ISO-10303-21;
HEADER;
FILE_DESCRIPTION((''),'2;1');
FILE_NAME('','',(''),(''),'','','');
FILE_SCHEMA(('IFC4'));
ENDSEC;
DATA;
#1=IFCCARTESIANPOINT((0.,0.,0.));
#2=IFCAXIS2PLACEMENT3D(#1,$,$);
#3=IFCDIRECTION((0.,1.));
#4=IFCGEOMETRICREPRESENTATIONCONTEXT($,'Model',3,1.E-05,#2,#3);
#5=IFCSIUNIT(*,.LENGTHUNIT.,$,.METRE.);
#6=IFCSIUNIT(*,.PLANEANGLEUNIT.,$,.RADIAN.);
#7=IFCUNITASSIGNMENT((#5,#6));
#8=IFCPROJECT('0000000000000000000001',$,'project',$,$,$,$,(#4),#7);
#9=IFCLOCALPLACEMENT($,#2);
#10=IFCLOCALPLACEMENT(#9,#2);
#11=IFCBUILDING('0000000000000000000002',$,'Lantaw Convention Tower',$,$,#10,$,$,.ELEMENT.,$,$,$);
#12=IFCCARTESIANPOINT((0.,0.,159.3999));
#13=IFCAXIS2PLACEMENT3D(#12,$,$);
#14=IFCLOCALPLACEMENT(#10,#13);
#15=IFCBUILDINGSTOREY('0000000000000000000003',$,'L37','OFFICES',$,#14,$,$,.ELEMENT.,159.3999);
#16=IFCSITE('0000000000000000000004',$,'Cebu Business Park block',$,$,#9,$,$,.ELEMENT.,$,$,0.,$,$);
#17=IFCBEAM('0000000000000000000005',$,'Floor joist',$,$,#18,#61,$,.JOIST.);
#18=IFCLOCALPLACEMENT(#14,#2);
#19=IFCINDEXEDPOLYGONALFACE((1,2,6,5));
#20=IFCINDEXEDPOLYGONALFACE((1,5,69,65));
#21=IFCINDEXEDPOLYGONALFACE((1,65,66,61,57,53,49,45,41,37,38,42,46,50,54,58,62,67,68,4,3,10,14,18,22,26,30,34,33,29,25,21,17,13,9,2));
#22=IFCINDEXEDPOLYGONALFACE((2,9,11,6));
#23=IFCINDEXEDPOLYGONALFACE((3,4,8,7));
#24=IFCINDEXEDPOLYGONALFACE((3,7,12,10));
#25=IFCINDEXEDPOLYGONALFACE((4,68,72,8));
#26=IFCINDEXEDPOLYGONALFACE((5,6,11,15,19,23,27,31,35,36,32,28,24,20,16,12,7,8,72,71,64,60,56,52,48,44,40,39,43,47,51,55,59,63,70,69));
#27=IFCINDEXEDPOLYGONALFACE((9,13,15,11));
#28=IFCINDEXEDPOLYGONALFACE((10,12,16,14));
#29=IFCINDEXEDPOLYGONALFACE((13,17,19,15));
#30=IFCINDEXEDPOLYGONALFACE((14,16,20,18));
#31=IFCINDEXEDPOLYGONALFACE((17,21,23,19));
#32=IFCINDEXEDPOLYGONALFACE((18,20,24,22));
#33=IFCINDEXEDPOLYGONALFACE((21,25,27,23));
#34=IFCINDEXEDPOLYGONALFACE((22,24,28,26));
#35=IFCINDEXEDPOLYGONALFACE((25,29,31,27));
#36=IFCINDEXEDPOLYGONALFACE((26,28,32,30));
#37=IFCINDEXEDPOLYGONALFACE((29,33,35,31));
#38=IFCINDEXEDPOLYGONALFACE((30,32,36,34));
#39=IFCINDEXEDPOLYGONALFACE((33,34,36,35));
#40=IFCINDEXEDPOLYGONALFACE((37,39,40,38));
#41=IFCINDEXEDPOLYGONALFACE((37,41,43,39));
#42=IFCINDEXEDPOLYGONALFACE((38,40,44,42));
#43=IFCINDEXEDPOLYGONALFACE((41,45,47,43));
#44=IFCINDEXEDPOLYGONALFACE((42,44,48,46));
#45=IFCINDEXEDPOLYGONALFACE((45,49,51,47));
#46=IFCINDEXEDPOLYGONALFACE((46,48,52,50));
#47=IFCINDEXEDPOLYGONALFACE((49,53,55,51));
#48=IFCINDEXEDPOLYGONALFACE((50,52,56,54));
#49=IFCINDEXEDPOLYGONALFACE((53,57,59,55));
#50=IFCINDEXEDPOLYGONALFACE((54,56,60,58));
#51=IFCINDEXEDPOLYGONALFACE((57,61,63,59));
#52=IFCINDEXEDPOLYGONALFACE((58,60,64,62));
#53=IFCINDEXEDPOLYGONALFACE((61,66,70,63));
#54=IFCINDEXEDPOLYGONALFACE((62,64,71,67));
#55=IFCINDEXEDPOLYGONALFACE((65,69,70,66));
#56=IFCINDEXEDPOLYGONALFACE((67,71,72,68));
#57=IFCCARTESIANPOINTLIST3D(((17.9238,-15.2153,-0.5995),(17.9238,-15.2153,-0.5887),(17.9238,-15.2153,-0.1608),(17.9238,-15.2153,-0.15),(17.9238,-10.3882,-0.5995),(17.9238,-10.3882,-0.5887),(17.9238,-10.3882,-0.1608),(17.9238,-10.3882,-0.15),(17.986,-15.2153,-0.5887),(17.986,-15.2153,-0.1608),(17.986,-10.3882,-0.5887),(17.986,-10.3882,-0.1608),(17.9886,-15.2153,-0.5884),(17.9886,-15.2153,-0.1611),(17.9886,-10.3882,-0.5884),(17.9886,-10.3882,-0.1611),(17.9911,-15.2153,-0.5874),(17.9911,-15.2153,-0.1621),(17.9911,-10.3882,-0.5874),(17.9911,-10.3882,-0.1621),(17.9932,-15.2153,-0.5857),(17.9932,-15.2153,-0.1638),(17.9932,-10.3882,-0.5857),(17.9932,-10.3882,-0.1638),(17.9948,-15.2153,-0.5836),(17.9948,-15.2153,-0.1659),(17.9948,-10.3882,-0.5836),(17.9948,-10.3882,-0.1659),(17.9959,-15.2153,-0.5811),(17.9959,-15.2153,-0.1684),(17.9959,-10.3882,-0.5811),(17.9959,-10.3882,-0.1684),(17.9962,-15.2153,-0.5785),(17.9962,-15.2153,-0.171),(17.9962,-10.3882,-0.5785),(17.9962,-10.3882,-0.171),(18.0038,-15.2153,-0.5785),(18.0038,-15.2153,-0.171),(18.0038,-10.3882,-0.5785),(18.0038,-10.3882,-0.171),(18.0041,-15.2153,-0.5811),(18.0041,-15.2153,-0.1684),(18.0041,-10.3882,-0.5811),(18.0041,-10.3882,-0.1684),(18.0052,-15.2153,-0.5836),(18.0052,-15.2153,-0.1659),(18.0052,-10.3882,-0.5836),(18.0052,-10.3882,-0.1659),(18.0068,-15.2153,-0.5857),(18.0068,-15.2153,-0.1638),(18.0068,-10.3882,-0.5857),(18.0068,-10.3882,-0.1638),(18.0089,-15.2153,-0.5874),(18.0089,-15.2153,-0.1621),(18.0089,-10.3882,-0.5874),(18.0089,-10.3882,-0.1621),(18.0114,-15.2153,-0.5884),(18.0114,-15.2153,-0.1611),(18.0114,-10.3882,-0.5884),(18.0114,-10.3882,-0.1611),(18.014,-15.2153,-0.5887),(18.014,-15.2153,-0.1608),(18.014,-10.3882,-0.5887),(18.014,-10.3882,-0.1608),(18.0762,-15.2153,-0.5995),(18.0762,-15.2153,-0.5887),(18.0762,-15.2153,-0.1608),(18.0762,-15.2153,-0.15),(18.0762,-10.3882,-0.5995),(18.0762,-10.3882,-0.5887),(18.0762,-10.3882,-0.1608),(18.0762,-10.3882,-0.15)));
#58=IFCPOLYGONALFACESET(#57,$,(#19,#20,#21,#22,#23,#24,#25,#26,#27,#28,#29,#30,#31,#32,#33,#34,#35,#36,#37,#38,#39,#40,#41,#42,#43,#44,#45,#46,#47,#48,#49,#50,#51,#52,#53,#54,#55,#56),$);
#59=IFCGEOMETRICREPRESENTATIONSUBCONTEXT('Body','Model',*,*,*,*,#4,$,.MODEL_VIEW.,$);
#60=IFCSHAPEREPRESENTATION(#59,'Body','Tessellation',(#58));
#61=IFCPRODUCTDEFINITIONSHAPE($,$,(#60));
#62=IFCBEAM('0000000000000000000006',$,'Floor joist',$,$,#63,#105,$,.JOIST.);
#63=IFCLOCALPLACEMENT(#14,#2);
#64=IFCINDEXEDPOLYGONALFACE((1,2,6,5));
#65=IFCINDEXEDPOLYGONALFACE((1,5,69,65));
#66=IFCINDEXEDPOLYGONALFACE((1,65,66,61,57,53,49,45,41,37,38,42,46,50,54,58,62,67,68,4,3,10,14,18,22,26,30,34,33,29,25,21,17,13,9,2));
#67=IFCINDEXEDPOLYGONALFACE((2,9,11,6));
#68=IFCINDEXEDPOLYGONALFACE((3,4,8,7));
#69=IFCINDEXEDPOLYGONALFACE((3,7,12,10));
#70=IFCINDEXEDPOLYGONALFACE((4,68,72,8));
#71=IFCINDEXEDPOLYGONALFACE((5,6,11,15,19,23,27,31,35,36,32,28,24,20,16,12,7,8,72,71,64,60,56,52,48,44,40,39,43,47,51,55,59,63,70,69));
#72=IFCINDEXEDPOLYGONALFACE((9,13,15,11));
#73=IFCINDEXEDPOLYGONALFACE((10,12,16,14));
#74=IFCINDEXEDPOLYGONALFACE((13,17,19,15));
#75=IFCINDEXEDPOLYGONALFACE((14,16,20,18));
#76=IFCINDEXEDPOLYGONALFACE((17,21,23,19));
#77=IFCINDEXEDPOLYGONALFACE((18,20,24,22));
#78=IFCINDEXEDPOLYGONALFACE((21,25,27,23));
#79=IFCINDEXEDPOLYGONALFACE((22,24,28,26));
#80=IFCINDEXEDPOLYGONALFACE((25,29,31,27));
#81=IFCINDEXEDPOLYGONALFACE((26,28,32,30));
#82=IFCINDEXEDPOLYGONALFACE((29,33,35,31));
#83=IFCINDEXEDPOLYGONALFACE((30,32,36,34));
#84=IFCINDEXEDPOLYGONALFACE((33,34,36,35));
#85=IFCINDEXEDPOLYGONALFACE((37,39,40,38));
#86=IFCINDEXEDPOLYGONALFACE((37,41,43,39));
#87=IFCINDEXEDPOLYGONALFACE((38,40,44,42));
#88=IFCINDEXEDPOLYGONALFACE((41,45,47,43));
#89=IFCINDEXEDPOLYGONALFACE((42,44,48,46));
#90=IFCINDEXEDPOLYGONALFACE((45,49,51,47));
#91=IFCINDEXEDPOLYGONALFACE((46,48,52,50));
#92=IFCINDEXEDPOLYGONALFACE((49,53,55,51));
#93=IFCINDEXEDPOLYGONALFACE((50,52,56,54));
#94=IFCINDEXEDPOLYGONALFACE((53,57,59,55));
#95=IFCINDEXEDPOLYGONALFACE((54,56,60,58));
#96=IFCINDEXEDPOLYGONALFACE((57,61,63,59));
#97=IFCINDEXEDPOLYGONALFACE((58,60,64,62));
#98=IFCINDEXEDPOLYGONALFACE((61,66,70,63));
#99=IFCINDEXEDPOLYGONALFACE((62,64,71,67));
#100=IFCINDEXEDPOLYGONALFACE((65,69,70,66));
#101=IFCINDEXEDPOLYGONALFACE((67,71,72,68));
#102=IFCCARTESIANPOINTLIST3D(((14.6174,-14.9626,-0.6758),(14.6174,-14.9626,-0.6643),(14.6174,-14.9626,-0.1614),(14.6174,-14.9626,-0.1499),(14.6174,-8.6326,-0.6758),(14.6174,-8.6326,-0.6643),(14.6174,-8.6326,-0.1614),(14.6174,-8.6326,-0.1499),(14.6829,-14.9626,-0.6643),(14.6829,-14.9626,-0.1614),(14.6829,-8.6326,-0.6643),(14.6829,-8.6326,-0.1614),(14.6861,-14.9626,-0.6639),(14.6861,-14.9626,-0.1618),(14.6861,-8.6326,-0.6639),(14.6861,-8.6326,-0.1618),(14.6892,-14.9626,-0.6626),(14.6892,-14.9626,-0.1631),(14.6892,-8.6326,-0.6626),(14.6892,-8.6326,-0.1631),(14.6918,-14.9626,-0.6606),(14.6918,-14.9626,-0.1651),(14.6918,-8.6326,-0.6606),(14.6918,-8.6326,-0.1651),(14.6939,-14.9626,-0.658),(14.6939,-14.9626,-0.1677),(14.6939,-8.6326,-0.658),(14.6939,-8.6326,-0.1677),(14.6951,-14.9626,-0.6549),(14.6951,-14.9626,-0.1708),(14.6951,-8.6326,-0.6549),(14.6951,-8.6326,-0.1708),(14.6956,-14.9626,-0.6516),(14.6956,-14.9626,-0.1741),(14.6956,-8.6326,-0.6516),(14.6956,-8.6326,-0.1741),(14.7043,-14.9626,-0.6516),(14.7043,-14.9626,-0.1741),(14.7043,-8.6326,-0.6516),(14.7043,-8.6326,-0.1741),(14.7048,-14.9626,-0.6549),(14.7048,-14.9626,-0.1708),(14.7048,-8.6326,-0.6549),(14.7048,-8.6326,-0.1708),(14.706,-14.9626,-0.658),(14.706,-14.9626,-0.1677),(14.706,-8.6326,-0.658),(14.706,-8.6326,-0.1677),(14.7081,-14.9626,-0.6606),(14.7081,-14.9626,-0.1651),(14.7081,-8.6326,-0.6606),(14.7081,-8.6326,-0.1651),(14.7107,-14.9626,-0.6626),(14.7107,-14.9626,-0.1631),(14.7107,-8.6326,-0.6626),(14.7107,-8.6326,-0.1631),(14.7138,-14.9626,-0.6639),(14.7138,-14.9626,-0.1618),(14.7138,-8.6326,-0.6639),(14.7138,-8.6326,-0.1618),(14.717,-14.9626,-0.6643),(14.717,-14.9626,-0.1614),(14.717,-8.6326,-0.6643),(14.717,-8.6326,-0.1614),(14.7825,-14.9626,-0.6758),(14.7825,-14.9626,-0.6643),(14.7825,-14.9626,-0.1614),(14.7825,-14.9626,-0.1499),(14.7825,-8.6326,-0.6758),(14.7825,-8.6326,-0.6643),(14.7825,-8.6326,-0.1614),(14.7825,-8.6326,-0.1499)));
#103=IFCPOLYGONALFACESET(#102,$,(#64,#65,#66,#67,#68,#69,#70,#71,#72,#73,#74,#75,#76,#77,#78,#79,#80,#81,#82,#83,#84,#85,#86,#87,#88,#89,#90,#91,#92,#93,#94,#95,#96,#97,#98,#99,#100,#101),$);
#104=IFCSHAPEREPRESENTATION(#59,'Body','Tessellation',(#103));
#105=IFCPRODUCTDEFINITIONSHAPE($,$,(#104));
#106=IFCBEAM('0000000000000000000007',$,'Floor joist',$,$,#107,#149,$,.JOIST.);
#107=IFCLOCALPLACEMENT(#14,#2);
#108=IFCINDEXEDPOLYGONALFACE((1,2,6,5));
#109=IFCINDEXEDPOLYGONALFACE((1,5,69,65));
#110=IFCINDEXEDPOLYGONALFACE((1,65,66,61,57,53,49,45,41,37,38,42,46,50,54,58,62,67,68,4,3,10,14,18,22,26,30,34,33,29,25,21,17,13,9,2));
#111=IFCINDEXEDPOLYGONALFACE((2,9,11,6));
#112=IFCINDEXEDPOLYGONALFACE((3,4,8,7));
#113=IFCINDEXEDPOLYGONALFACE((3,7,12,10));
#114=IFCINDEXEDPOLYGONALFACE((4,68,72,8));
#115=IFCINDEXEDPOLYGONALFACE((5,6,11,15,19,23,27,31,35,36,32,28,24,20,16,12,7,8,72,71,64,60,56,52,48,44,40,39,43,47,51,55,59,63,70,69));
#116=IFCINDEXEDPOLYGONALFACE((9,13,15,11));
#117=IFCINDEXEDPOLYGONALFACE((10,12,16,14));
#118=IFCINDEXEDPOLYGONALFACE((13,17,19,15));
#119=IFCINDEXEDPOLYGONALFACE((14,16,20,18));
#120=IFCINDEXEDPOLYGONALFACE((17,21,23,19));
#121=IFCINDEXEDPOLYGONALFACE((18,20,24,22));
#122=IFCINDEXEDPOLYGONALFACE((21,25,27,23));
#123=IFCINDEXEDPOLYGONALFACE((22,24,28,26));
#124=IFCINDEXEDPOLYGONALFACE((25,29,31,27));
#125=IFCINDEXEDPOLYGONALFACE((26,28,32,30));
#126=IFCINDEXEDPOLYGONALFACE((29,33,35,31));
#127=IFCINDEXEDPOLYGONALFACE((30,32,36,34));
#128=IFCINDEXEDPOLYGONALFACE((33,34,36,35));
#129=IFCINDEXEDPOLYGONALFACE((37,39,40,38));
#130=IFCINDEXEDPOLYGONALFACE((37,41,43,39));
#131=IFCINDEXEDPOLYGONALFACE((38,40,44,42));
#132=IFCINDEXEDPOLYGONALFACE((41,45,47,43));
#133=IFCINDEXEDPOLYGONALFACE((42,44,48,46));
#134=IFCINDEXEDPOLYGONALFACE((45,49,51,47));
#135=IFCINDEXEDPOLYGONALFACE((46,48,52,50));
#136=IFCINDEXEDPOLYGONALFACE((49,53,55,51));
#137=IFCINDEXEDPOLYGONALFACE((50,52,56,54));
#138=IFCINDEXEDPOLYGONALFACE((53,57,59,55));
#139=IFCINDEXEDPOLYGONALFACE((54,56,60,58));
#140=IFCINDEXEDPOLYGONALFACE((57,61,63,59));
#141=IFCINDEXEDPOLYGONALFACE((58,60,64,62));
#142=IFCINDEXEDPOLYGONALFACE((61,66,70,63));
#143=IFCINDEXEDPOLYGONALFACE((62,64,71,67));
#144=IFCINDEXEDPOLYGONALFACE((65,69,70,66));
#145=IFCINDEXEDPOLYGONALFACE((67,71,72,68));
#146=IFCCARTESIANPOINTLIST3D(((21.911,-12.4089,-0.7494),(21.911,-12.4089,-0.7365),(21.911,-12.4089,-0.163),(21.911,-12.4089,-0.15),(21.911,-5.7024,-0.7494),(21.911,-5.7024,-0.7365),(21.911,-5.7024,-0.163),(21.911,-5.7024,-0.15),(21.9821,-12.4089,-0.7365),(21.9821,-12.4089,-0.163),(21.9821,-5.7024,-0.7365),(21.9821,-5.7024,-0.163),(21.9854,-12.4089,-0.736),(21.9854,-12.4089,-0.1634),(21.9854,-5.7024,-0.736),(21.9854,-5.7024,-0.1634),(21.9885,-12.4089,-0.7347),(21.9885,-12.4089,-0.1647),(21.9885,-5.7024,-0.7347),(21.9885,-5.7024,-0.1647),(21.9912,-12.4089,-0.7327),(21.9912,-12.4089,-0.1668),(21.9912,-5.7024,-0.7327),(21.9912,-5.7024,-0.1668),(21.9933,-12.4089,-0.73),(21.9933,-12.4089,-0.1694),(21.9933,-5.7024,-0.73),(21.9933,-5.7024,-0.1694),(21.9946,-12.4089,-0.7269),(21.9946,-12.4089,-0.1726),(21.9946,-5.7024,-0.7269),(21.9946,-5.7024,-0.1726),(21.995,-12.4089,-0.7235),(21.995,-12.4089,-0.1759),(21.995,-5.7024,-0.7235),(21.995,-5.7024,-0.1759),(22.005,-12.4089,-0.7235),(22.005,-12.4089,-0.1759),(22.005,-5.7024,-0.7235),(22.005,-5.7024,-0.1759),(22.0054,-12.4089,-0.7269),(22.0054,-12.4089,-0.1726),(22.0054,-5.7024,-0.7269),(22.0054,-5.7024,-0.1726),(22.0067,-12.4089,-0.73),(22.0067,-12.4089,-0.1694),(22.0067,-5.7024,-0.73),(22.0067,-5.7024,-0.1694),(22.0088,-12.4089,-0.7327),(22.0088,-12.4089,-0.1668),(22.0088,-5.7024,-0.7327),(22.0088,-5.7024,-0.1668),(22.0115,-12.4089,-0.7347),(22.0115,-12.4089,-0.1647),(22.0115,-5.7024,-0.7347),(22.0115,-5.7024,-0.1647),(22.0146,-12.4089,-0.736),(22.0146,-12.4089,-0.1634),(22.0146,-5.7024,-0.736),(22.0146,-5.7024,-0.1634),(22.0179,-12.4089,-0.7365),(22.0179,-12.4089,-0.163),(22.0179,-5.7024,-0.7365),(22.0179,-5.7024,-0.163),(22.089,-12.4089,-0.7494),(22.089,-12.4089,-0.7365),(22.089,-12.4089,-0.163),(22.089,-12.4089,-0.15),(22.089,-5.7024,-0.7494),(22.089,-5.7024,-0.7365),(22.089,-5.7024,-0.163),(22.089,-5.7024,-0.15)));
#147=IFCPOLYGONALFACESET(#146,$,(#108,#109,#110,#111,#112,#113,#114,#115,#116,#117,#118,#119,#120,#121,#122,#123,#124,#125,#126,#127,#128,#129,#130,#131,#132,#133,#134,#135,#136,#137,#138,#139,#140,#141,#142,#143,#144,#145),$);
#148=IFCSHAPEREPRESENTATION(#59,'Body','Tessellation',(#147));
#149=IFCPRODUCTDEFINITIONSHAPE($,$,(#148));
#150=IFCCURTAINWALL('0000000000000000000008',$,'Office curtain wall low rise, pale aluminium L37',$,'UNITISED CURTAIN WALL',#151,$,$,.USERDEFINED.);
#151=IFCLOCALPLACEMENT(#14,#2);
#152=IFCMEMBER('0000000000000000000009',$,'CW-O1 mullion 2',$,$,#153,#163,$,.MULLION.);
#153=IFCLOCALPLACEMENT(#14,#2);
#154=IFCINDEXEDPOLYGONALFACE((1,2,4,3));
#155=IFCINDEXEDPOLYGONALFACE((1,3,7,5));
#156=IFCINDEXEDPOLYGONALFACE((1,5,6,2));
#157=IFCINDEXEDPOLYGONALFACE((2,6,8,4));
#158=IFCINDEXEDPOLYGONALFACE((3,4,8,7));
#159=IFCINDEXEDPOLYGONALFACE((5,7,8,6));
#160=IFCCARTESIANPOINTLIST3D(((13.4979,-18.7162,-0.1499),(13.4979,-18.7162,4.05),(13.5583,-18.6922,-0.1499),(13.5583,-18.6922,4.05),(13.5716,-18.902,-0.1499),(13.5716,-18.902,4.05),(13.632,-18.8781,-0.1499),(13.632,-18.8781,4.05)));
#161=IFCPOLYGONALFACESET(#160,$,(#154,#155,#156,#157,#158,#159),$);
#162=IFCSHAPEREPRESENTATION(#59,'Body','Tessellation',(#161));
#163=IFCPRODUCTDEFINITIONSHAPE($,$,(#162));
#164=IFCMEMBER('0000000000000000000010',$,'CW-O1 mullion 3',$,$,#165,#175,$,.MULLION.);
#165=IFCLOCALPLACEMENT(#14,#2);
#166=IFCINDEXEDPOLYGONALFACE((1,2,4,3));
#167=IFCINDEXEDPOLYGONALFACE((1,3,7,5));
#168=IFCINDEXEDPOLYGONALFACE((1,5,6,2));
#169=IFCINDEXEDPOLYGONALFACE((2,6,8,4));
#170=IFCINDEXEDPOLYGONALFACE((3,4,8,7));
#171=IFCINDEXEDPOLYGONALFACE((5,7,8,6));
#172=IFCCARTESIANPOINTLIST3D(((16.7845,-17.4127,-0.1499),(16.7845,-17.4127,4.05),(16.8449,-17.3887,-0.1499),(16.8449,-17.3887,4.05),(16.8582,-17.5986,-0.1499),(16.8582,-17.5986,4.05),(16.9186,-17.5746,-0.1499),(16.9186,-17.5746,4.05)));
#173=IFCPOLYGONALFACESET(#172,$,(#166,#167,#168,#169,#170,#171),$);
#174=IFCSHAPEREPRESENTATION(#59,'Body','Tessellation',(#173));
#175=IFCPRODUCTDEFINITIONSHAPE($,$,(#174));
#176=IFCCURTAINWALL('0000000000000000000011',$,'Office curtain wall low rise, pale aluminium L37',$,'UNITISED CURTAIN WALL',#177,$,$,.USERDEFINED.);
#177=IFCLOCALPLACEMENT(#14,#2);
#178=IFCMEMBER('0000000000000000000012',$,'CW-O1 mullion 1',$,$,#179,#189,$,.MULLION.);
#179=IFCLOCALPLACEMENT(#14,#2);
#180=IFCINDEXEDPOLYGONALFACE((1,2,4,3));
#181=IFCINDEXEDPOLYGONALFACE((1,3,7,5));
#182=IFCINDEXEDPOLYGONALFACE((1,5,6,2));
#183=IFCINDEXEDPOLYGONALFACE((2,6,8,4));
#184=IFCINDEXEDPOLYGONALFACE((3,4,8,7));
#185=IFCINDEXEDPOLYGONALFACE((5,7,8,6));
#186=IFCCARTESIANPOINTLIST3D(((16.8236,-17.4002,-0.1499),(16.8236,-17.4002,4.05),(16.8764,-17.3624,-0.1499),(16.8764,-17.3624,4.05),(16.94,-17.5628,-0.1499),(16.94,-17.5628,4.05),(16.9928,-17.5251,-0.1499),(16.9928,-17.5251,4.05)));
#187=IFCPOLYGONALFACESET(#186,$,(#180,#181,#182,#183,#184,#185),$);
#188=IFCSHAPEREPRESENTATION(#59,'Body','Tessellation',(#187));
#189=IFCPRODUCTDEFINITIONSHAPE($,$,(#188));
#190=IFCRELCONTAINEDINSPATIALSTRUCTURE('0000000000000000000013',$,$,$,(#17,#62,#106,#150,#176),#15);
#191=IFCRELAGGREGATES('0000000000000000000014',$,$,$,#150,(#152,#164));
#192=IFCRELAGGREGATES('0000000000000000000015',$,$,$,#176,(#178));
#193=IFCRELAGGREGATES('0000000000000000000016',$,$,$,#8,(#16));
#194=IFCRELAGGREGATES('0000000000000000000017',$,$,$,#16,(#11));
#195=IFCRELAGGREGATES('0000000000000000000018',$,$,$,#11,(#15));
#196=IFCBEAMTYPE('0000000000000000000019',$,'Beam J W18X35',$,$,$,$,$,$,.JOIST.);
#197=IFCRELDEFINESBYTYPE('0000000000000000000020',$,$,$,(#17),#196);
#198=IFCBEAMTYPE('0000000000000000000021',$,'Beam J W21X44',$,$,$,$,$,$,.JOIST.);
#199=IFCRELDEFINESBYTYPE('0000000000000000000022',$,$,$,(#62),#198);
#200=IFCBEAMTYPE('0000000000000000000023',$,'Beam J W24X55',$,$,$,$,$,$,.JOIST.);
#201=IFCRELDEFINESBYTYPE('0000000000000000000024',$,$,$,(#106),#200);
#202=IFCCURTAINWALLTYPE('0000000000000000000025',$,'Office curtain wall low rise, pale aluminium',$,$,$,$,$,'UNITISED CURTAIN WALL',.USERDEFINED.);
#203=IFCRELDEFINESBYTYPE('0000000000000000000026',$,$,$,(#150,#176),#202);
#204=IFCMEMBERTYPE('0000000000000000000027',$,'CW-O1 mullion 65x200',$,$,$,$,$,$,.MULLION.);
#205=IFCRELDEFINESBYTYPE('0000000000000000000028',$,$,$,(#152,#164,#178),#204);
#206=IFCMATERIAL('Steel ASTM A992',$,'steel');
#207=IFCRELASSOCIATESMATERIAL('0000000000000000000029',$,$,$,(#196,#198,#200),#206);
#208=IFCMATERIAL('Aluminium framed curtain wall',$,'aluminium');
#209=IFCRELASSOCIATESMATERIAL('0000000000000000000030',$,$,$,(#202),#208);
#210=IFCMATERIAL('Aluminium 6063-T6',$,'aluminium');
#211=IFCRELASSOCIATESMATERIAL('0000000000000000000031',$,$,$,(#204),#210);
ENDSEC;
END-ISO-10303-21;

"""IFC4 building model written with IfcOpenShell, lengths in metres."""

from ifc_helpers import new_model, si_unit, direction, frame, origin, origin_2d, place, context, subcontext, project, spatial, rectangle, i_section, extrude, material, material_profile, profile_set, type_object, element, aggregate, save


model = new_model("IFC4")

# Units and contexts
model_context = context("Model", 3, precision=1e-05, world=origin(), true_north=direction((0.0, 1.0)))
body_context = subcontext(model_context, "Body", "Model", "MODEL_VIEW")
ifc_project = project(units=[si_unit("LENGTHUNIT", "METRE"), si_unit("PLANEANGLEUNIT", "RADIAN")], contexts=[model_context])

# Site, building, storey
site_placement = place(None, origin())
site = spatial("IfcSite", under=ifc_project, at=site_placement, Name="Cebu Business Park block", CompositionType="ELEMENT", RefElevation=0.0)
building_placement = place(site_placement, origin())
building = spatial("IfcBuilding", under=site, at=building_placement, Name="Lantaw Convention Tower", CompositionType="ELEMENT")
storey_placement = place(building_placement, frame((0.0, 0.0, 159.3999)))
storey = spatial("IfcBuildingStorey", under=building, at=storey_placement, Name="L37", Description="OFFICES", CompositionType="ELEMENT", Elevation=159.3999)

# Beams
ifc_material_1 = material(Name="Steel ASTM A992", Category="steel")
ifc_material_profile_1 = material_profile(ifc_material_1, i_section(OverallWidth=0.1523, OverallDepth=0.4495, WebThickness=0.0076, FlangeThickness=0.0107, FilletRadius=0.0103, at=origin_2d()), Name="W18X35")
ifc_profile_set_1 = profile_set([ifc_material_profile_1], Name="Steel ASTM A992")
beam_type_1 = type_object("IfcBeamType", Name="Beam J W18X35", PredefinedType="JOIST", material=ifc_profile_set_1)
beam_1_placement = place(storey_placement, frame((18.0, -15.2153, -0.3748), z_axis=(0.0, 1.0, 0.0), x_axis=(-1.0, 0.0, 0.0)))
element("IfcBeam", 1, at=beam_1_placement, inside=storey, type_object=beam_type_1, Name="Floor joist", PredefinedType="JOIST", context=body_context, shape_type="SweptSolid", body=[
    extrude(i_section(OverallWidth=0.1523, OverallDepth=0.4495, WebThickness=0.0076, FlangeThickness=0.0107, FilletRadius=0.0103, at=origin_2d()), origin(), (0.0, 0.0, 1.0), 4.8271),
])
ifc_material_profile_2 = material_profile(ifc_material_1, i_section(OverallWidth=0.165, OverallDepth=0.5259, WebThickness=0.0088, FlangeThickness=0.0115, FilletRadius=0.0127, at=origin_2d()), Name="W21X44")
ifc_profile_set_2 = profile_set([ifc_material_profile_2], Name="Steel ASTM A992")
beam_type_2 = type_object("IfcBeamType", Name="Beam J W21X44", PredefinedType="JOIST", material=ifc_profile_set_2)
beam_2_placement = place(storey_placement, frame((14.7, -14.9626, -0.4128), z_axis=(0.0, 1.0, 0.0), x_axis=(-1.0, 0.0, 0.0)))
element("IfcBeam", 2, at=beam_2_placement, inside=storey, type_object=beam_type_2, Name="Floor joist", PredefinedType="JOIST", context=body_context, shape_type="SweptSolid", body=[
    extrude(i_section(OverallWidth=0.165, OverallDepth=0.5259, WebThickness=0.0088, FlangeThickness=0.0115, FilletRadius=0.0127, at=origin_2d()), origin(), (0.0, 0.0, 1.0), 6.3301),
])
ifc_material_profile_3 = material_profile(ifc_material_1, i_section(OverallWidth=0.178, OverallDepth=0.5994, WebThickness=0.01, FlangeThickness=0.0129, FilletRadius=0.0129, at=origin_2d()), Name="W24X55")
ifc_profile_set_3 = profile_set([ifc_material_profile_3], Name="Steel ASTM A992")
beam_type_3 = type_object("IfcBeamType", Name="Beam J W24X55", PredefinedType="JOIST", material=ifc_profile_set_3)
beam_3_placement = place(storey_placement, frame((22.0, -12.4089, -0.4497), z_axis=(0.0, 1.0, 0.0), x_axis=(-1.0, 0.0, 0.0)))
element("IfcBeam", 3, at=beam_3_placement, inside=storey, type_object=beam_type_3, Name="Floor joist", PredefinedType="JOIST", context=body_context, shape_type="SweptSolid", body=[
    extrude(i_section(OverallWidth=0.178, OverallDepth=0.5994, WebThickness=0.01, FlangeThickness=0.0129, FilletRadius=0.0129, at=origin_2d()), origin(), (0.0, 0.0, 1.0), 6.7065),
])

# Curtain walls, members
ifc_material_2 = material(Name="Aluminium framed curtain wall", Category="aluminium")
curtain_wall_type = type_object("IfcCurtainWallType", Name="Office curtain wall low rise, pale aluminium", ElementType="UNITISED CURTAIN WALL", PredefinedType="USERDEFINED", material=ifc_material_2)
curtain_wall_1_placement = place(storey_placement, origin())
curtain_wall_1 = element("IfcCurtainWall", 4, at=curtain_wall_1_placement, inside=storey, type_object=curtain_wall_type, Name="Office curtain wall low rise, pale aluminium L37", ObjectType="UNITISED CURTAIN WALL", PredefinedType="USERDEFINED")
ifc_material_3 = material(Name="Aluminium 6063-T6", Category="aluminium")
ifc_material_profile_4 = material_profile(ifc_material_3, rectangle(XDim=0.2, YDim=0.0649, at=origin_2d()), Name="CW-O1 mullion 65x200")
ifc_profile_set_4 = profile_set([ifc_material_profile_4], Name="Aluminium 6063-T6")
member_type_1 = type_object("IfcMemberType", Name="CW-O1 mullion 65x200", PredefinedType="MULLION", material=ifc_profile_set_4)
member_1_placement = place(storey_placement, frame((13.5649, -18.7971, -0.1499), z_axis=(0.0, 0.0, 1.0), x_axis=(-0.368702, 0.929548, 0.0)))
member_1 = element("IfcMember", 5, at=member_1_placement, type_object=member_type_1, Name="CW-O1 mullion 2", PredefinedType="MULLION", context=body_context, shape_type="SweptSolid", body=[
    extrude(rectangle(XDim=0.2, YDim=0.0649, at=origin_2d()), origin(), (0.0, 0.0, 1.0), 4.2),
])
member_2_placement = place(storey_placement, frame((16.8516, -17.4937, -0.1499), z_axis=(0.0, 0.0, 1.0), x_axis=(-0.368702, 0.929548, 0.0)))
member_2 = element("IfcMember", 6, at=member_2_placement, type_object=member_type_1, Name="CW-O1 mullion 3", PredefinedType="MULLION", context=body_context, shape_type="SweptSolid", body=[
    extrude(rectangle(XDim=0.2, YDim=0.0649, at=origin_2d()), origin(), (0.0, 0.0, 1.0), 4.2),
])
curtain_wall_2_placement = place(storey_placement, origin())
curtain_wall_2 = element("IfcCurtainWall", 7, at=curtain_wall_2_placement, inside=storey, type_object=curtain_wall_type, Name="Office curtain wall low rise, pale aluminium L37", ObjectType="UNITISED CURTAIN WALL", PredefinedType="USERDEFINED")
member_3_placement = place(storey_placement, frame((16.9082, -17.4626, -0.1499), z_axis=(0.0, 0.0, 1.0), x_axis=(-0.581973, 0.813208, 0.0)))
member_3 = element("IfcMember", 8, at=member_3_placement, type_object=member_type_1, Name="CW-O1 mullion 1", PredefinedType="MULLION", context=body_context, shape_type="SweptSolid", body=[
    extrude(rectangle(XDim=0.2, YDim=0.0649, at=origin_2d()), origin(), (0.0, 0.0, 1.0), 4.2),
])

aggregate(curtain_wall_1, [member_1, member_2])
aggregate(curtain_wall_2, [member_3])

save(model, "model.ifc")
